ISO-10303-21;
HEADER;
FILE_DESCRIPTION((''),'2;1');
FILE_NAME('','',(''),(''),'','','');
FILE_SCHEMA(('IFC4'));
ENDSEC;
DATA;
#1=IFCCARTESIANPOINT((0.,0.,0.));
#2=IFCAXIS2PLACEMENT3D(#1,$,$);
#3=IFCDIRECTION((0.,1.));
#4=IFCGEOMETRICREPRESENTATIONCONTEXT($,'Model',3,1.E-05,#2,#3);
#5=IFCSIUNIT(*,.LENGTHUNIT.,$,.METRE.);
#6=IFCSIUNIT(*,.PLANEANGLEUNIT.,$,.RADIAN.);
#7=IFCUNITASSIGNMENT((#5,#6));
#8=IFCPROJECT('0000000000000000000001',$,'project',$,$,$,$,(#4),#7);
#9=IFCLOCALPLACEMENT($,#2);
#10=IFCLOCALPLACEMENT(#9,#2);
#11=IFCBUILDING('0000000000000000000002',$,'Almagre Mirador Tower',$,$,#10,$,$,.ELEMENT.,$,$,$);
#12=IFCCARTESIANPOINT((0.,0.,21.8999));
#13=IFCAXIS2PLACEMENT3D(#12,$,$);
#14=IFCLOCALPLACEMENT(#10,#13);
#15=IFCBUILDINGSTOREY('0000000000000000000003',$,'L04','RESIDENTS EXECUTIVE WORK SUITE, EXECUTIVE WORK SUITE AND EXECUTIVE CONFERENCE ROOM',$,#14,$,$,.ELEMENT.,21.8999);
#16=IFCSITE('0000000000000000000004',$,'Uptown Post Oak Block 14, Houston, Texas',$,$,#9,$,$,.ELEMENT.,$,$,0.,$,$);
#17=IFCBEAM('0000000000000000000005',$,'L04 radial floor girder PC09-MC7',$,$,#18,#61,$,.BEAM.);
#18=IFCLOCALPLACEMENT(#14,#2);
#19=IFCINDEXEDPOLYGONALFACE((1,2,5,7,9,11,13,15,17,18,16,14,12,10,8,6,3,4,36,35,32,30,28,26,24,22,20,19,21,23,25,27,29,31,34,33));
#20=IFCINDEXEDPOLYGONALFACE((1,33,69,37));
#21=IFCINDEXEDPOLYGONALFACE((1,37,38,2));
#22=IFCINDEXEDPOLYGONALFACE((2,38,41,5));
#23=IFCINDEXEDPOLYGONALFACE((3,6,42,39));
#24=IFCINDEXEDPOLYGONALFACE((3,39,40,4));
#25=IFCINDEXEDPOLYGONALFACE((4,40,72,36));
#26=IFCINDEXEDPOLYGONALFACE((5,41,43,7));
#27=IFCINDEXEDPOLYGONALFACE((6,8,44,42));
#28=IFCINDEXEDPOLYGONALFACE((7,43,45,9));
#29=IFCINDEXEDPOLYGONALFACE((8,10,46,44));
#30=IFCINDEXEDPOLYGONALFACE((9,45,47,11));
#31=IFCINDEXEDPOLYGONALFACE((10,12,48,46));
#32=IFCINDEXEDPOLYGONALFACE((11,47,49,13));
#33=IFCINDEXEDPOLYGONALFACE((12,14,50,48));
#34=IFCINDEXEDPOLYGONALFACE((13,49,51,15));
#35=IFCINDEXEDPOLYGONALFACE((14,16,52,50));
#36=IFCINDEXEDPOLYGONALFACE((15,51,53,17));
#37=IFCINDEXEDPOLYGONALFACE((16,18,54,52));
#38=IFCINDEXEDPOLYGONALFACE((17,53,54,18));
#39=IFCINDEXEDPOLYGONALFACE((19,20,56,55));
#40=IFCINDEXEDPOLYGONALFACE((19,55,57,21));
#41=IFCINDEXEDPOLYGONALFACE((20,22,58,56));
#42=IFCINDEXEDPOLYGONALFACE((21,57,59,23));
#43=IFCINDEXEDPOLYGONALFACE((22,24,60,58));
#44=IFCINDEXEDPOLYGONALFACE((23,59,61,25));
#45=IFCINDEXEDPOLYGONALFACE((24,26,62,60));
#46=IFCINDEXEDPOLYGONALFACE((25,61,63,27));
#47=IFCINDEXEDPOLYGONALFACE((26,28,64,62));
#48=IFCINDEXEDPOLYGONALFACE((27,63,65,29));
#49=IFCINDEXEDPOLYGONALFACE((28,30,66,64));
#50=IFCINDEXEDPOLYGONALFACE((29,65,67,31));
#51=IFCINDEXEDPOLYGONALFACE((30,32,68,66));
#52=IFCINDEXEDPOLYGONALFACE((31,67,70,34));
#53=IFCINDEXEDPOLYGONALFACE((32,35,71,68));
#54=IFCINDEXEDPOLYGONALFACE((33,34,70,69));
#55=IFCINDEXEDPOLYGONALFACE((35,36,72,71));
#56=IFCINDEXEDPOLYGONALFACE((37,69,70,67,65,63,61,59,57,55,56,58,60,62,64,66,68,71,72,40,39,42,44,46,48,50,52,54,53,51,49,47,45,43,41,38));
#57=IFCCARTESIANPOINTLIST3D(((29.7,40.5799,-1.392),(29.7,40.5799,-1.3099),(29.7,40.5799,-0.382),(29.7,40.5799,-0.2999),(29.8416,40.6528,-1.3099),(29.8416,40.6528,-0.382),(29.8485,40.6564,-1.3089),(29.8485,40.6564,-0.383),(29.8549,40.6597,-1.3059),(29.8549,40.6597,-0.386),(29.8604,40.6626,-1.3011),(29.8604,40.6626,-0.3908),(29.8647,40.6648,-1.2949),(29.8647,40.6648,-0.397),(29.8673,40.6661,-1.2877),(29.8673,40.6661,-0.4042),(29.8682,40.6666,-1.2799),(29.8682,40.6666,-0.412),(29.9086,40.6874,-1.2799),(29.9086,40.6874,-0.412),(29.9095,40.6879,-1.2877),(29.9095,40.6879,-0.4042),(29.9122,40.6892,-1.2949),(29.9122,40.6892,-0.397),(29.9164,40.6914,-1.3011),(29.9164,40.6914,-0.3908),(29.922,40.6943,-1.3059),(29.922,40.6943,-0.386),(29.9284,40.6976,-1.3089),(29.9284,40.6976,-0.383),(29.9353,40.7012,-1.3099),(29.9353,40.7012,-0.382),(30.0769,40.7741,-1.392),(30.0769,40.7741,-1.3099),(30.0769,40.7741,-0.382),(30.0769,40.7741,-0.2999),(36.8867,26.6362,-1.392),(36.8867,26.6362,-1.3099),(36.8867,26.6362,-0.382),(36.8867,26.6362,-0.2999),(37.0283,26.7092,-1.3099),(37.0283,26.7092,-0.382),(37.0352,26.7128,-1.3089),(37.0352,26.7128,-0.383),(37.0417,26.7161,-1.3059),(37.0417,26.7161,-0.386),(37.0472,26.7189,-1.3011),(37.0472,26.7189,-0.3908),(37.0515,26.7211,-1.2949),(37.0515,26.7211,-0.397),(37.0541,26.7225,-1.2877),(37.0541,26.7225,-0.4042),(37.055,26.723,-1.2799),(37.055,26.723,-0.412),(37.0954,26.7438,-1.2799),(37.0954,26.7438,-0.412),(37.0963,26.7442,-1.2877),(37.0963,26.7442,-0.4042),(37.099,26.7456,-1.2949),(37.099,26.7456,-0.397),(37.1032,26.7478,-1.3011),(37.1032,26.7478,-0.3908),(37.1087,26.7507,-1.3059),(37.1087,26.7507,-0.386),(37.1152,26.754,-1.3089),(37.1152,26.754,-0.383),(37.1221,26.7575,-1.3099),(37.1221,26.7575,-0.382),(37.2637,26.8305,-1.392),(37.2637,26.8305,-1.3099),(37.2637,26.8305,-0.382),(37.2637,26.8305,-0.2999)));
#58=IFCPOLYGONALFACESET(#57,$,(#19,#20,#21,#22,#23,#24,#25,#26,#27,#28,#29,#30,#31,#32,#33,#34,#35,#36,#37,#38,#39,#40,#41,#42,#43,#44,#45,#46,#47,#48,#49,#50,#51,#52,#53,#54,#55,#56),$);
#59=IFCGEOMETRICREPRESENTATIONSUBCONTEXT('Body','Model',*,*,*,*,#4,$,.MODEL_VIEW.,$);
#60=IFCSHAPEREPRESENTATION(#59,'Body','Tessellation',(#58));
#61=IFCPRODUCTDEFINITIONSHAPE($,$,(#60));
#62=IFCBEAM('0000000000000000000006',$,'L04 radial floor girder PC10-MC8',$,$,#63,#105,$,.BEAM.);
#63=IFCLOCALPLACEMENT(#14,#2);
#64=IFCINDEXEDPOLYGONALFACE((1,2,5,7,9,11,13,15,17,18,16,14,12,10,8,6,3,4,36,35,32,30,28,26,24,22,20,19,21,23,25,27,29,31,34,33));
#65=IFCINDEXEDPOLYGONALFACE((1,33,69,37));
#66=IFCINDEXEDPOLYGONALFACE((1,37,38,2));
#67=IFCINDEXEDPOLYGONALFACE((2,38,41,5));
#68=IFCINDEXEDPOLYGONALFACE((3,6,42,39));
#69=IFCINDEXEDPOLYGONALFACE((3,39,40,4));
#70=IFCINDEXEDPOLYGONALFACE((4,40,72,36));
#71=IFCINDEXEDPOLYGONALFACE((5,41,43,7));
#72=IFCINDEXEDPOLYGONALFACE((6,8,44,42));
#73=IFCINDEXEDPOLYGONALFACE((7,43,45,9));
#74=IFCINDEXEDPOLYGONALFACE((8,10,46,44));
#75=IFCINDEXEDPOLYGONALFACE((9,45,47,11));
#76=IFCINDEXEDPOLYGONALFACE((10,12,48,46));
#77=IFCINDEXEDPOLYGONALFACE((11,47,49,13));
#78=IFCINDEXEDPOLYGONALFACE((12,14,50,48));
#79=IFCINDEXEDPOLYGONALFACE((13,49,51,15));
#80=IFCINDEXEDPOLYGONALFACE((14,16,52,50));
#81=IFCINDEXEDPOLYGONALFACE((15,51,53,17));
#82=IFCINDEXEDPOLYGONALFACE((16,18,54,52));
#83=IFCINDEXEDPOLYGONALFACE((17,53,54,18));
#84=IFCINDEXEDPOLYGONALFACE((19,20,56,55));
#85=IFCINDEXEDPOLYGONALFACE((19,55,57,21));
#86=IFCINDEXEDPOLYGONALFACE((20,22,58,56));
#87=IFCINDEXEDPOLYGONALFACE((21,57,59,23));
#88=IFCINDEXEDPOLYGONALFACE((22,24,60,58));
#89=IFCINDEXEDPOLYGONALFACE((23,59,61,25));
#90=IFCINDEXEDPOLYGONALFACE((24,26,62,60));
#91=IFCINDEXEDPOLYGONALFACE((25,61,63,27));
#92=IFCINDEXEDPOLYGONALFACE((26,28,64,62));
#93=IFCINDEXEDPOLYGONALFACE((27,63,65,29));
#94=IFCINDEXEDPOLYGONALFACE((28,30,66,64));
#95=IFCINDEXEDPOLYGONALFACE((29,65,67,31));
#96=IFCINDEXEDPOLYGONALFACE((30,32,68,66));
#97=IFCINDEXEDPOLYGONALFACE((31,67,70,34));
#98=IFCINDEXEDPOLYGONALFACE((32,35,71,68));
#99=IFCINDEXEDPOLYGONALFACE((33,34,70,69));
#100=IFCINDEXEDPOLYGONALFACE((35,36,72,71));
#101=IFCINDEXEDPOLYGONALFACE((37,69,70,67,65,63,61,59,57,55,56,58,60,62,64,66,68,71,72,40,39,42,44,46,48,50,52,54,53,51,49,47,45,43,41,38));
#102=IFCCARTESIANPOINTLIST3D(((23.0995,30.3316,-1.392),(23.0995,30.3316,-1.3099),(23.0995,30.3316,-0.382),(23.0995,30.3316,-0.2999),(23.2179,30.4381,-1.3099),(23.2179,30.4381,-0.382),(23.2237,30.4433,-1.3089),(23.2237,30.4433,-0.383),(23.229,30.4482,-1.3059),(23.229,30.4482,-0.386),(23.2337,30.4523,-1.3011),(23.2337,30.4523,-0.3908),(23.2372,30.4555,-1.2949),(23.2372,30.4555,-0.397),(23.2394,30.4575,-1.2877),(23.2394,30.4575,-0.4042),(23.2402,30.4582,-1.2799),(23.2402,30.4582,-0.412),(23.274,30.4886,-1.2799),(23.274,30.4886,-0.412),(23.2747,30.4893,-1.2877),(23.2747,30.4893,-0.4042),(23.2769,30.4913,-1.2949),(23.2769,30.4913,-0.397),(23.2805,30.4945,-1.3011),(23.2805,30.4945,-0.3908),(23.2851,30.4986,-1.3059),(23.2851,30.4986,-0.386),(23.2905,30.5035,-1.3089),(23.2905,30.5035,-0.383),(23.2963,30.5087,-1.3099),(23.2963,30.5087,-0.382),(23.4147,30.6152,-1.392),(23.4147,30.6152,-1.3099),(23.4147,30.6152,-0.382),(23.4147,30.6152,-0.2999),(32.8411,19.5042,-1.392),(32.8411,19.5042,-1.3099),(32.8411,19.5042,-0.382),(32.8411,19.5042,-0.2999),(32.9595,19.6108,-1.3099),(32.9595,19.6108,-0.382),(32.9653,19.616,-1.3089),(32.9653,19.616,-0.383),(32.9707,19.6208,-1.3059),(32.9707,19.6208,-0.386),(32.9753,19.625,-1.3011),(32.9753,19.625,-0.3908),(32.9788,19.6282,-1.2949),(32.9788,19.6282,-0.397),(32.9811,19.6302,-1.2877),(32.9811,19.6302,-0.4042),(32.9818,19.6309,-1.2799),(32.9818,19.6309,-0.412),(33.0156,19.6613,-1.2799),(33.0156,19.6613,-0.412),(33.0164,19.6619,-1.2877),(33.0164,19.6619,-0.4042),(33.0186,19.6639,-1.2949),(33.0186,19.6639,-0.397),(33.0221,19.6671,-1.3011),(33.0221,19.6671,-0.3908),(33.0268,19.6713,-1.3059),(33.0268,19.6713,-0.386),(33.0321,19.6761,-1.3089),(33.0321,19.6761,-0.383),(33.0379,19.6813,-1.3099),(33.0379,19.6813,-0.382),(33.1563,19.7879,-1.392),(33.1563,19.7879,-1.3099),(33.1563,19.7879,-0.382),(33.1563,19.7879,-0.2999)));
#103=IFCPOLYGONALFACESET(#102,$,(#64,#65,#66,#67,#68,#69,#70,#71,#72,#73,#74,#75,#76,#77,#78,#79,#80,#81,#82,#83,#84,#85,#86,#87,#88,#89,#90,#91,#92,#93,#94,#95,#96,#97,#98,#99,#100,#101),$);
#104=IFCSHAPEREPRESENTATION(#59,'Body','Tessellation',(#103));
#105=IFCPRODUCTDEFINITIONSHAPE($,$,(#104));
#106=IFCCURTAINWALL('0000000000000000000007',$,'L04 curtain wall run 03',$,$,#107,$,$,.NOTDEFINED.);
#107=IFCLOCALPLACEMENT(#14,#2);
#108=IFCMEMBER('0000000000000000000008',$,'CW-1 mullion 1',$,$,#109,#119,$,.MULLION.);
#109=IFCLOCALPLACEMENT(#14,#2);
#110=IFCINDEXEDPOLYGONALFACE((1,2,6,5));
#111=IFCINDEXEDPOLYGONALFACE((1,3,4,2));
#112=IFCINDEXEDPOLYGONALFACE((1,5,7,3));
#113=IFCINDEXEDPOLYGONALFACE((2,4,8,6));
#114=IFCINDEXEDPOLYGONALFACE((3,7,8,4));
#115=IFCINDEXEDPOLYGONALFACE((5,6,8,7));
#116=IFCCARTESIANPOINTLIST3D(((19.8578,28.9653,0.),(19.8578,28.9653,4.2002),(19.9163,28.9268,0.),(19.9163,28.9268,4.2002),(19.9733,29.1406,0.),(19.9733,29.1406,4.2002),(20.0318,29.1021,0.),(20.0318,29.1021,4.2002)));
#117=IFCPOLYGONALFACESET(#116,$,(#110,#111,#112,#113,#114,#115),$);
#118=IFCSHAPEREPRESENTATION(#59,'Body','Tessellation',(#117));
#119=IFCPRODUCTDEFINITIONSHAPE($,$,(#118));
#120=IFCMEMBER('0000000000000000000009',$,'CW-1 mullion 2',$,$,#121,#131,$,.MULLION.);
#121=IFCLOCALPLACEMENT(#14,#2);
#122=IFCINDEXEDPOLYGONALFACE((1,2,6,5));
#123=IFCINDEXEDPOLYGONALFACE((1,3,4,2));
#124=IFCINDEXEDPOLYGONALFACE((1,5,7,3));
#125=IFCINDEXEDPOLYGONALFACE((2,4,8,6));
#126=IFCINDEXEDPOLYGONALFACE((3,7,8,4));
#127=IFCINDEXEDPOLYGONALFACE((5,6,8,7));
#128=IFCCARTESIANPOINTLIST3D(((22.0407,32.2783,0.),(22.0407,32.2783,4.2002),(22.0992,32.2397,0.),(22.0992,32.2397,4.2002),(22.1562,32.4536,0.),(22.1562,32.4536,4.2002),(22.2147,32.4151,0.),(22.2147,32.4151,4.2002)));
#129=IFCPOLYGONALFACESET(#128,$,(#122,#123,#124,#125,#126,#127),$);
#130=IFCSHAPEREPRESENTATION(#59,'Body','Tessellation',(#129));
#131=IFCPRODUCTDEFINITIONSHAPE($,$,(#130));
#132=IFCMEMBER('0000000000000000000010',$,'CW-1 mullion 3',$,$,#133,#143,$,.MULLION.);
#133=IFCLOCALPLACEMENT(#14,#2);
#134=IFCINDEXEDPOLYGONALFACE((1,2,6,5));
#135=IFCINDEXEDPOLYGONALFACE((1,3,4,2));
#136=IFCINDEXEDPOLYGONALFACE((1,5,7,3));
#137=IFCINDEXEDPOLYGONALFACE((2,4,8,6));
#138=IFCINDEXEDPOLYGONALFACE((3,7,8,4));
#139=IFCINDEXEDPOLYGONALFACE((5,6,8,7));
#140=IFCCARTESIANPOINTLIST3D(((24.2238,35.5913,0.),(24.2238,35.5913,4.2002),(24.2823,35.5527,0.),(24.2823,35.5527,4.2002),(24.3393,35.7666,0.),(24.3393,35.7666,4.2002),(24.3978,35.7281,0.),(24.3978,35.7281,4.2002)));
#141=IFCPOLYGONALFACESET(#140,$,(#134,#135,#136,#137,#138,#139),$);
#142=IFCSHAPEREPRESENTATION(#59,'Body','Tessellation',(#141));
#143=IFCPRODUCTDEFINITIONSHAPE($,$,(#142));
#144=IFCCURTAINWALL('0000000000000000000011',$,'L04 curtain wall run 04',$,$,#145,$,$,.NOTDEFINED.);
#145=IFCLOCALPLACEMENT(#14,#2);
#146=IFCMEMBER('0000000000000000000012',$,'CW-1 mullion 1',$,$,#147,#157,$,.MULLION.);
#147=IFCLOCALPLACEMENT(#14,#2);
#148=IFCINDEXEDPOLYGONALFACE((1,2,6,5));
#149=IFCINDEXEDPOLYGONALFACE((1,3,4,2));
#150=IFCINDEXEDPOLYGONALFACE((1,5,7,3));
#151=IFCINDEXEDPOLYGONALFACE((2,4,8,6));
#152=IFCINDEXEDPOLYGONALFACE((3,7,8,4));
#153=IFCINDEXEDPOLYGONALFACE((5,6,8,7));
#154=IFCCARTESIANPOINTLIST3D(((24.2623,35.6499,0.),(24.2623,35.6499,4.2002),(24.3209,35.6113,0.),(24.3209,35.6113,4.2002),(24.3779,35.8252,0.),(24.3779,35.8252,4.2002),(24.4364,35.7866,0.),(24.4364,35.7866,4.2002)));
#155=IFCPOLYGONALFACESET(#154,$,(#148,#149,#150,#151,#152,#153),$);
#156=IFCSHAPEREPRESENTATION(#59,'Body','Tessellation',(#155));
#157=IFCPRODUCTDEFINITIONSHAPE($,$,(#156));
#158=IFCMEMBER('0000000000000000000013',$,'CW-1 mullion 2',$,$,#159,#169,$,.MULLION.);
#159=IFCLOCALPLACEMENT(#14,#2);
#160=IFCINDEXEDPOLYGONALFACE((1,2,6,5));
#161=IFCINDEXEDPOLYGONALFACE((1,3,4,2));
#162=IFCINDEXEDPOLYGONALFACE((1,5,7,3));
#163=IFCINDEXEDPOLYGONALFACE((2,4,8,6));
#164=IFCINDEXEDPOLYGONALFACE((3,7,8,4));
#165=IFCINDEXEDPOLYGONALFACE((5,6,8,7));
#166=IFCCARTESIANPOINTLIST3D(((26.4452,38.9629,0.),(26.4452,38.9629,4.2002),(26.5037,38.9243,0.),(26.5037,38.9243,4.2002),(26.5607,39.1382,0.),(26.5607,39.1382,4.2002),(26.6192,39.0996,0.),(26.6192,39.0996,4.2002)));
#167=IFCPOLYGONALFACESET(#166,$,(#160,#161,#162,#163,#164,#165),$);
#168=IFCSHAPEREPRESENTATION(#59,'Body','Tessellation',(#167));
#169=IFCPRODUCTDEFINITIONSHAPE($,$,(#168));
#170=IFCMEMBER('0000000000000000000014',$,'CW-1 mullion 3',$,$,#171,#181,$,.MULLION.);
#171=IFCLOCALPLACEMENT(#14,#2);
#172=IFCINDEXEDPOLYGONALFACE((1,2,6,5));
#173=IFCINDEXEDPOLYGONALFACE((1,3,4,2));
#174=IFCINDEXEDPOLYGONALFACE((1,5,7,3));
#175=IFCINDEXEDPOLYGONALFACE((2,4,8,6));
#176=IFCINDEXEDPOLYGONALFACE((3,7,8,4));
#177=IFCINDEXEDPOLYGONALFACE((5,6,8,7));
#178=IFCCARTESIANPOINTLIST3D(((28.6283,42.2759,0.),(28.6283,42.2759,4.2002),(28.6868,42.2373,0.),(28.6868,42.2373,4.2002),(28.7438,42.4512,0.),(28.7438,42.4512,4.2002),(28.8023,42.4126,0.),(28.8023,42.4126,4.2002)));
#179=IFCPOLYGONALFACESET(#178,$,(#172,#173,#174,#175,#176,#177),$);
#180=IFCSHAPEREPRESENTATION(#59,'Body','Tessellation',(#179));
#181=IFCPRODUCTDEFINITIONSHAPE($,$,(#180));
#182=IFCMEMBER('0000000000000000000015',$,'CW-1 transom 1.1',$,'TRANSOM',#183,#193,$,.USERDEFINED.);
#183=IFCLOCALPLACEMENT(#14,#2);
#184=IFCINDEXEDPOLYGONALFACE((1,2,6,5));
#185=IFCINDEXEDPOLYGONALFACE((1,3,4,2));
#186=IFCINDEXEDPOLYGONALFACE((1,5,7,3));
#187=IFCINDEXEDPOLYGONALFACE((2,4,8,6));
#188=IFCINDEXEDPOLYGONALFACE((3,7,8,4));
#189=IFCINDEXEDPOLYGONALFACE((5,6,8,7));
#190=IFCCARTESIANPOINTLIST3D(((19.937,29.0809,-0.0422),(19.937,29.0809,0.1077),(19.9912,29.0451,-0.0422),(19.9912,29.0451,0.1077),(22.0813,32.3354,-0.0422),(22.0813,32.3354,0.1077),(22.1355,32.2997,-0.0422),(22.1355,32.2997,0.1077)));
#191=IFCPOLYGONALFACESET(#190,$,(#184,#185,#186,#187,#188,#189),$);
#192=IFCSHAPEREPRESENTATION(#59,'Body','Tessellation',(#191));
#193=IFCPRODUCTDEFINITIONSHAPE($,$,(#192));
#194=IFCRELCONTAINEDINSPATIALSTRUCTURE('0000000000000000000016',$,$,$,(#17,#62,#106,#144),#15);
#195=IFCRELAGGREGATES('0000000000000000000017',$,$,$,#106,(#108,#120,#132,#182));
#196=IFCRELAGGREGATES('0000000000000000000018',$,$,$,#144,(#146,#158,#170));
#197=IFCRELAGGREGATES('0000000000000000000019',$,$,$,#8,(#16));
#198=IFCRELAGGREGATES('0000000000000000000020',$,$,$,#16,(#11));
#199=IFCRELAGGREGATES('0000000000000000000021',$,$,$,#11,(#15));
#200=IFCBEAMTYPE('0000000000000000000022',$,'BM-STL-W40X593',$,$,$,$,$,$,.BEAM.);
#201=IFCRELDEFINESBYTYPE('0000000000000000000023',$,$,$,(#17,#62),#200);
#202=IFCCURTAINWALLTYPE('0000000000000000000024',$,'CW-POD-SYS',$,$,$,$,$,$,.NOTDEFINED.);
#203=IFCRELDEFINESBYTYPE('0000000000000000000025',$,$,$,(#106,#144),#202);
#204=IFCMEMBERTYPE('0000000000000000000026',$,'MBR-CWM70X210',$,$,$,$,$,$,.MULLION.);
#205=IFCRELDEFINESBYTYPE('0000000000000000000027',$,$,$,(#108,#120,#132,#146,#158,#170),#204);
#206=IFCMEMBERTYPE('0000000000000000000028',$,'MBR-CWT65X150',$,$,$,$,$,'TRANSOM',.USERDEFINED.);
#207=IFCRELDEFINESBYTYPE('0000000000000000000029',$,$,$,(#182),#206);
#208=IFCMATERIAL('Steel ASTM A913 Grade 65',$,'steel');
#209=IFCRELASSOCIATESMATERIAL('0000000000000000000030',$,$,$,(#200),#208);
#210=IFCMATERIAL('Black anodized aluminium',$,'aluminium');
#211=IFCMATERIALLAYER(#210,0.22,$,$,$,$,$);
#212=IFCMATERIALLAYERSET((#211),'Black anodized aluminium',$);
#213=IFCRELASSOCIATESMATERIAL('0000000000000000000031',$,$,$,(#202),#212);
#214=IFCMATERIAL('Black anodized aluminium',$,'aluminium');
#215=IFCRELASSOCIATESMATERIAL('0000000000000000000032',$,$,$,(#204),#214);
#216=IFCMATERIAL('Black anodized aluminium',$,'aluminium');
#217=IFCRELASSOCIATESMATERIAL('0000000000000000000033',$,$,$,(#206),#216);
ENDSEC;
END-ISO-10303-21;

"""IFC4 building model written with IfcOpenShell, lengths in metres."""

from ifc_helpers import new_model, si_unit, direction, frame, origin, origin_2d, place, context, subcontext, project, spatial, rectangle, i_section, extrude, material, layer, layer_set, material_profile, profile_set, type_object, element, aggregate, save


model = new_model("IFC4")

# Units and contexts
model_context = context("Model", 3, precision=1e-05, world=origin(), true_north=direction((0.0, 1.0)))
body_context = subcontext(model_context, "Body", "Model", "MODEL_VIEW")
ifc_project = project(units=[si_unit("LENGTHUNIT", "METRE"), si_unit("PLANEANGLEUNIT", "RADIAN")], contexts=[model_context])

# Site, building, storey
site_placement = place(None, origin())
site = spatial("IfcSite", under=ifc_project, at=site_placement, Name="Uptown Post Oak Block 14, Houston, Texas", CompositionType="ELEMENT", RefElevation=0.0)
building_placement = place(site_placement, origin())
building = spatial("IfcBuilding", under=site, at=building_placement, Name="Almagre Mirador Tower", CompositionType="ELEMENT")
storey_placement = place(building_placement, frame((0.0, 0.0, 21.8999)))
storey = spatial("IfcBuildingStorey", under=building, at=storey_placement, Name="L04", Description="RESIDENTS EXECUTIVE WORK SUITE, EXECUTIVE WORK SUITE AND EXECUTIVE CONFERENCE ROOM", CompositionType="ELEMENT", Elevation=21.8999)

# Beams
ifc_material_1 = material(Name="Steel ASTM A913 Grade 65", Category="steel")
ifc_material_profile_1 = material_profile(ifc_material_1, i_section(OverallWidth=0.4241, OverallDepth=1.092, WebThickness=0.0454, FlangeThickness=0.082, FilletRadius=0.03, at=origin_2d()), Name="W40X593")
ifc_profile_set_1 = profile_set([ifc_material_profile_1], Name="Steel ASTM A913 Grade 65")
beam_type_1 = type_object("IfcBeamType", Name="BM-STL-W40X593", PredefinedType="BEAM", material=ifc_profile_set_1)
beam_1_placement = place(storey_placement, frame((29.8884, 40.677, -0.8459), z_axis=(0.458143, -0.888879, 0.0), x_axis=(0.888879, 0.458143, 0.0)))
element("IfcBeam", 1, at=beam_1_placement, inside=storey, type_object=beam_type_1, Name="L04 radial floor girder PC09-MC7", PredefinedType="BEAM", context=body_context, shape_type="SweptSolid", body=[
    extrude(i_section(OverallWidth=0.4241, OverallDepth=1.092, WebThickness=0.0454, FlangeThickness=0.082, FilletRadius=0.03, at=origin_2d()), origin(), (0.0, 0.0, 1.0), 15.6868),
])
beam_2_placement = place(storey_placement, frame((23.2571, 30.4734, -0.8459), z_axis=(0.668853, -0.743395, 0.0), x_axis=(0.743395, 0.668853, 0.0)))
element("IfcBeam", 2, at=beam_2_placement, inside=storey, type_object=beam_type_1, Name="L04 radial floor girder PC10-MC8", PredefinedType="BEAM", context=body_context, shape_type="SweptSolid", body=[
    extrude(i_section(OverallWidth=0.4241, OverallDepth=1.092, WebThickness=0.0454, FlangeThickness=0.082, FilletRadius=0.03, at=origin_2d()), origin(), (0.0, 0.0, 1.0), 14.5647),
])

# Curtain walls, members
ifc_material_2 = material(Name="Black anodized aluminium", Category="aluminium")
ifc_layer_1 = layer(ifc_material_2, 0.22)
ifc_layer_set_1 = layer_set([ifc_layer_1], Name="Black anodized aluminium")
curtain_wall_type = type_object("IfcCurtainWallType", Name="CW-POD-SYS", PredefinedType="NOTDEFINED", material=ifc_layer_set_1)
curtain_wall_1_placement = place(storey_placement, origin())
curtain_wall_1 = element("IfcCurtainWall", 3, at=curtain_wall_1_placement, inside=storey, type_object=curtain_wall_type, Name="L04 curtain wall run 03", PredefinedType="NOTDEFINED")
ifc_material_3 = material(Name="Black anodized aluminium", Category="aluminium")
ifc_material_profile_2 = material_profile(ifc_material_3, rectangle(XDim=0.0701, YDim=0.21, at=origin_2d()), Name="CWM70X210")
ifc_profile_set_2 = profile_set([ifc_material_profile_2], Name="Black anodized aluminium")
member_type_1 = type_object("IfcMemberType", Name="MBR-CWM70X210", PredefinedType="MULLION", material=ifc_profile_set_2)
member_1_placement = place(storey_placement, frame((19.9448, 29.0337, 0.0), z_axis=(0.0, 0.0, 1.0), x_axis=(-0.835027, 0.550209, 0.0)))
member_1 = element("IfcMember", 4, at=member_1_placement, type_object=member_type_1, Name="CW-1 mullion 1", PredefinedType="MULLION", context=body_context, shape_type="SweptSolid", body=[
    extrude(rectangle(XDim=0.0701, YDim=0.21, at=origin_2d()), origin(), (0.0, 0.0, 1.0), 4.2002),
])
member_2_placement = place(storey_placement, frame((22.1277, 32.3467, 0.0), z_axis=(0.0, 0.0, 1.0), x_axis=(-0.835027, 0.550209, 0.0)))
member_2 = element("IfcMember", 5, at=member_2_placement, type_object=member_type_1, Name="CW-1 mullion 2", PredefinedType="MULLION", context=body_context, shape_type="SweptSolid", body=[
    extrude(rectangle(XDim=0.0701, YDim=0.21, at=origin_2d()), origin(), (0.0, 0.0, 1.0), 4.2002),
])
member_3_placement = place(storey_placement, frame((24.3108, 35.6597, 0.0), z_axis=(0.0, 0.0, 1.0), x_axis=(-0.835027, 0.550209, 0.0)))
member_3 = element("IfcMember", 6, at=member_3_placement, type_object=member_type_1, Name="CW-1 mullion 3", PredefinedType="MULLION", context=body_context, shape_type="SweptSolid", body=[
    extrude(rectangle(XDim=0.0701, YDim=0.21, at=origin_2d()), origin(), (0.0, 0.0, 1.0), 4.2002),
])
curtain_wall_2_placement = place(storey_placement, origin())
curtain_wall_2 = element("IfcCurtainWall", 7, at=curtain_wall_2_placement, inside=storey, type_object=curtain_wall_type, Name="L04 curtain wall run 04", PredefinedType="NOTDEFINED")
member_4_placement = place(storey_placement, frame((24.3494, 35.7183, 0.0), z_axis=(0.0, 0.0, 1.0), x_axis=(-0.835027, 0.550209, 0.0)))
member_4 = element("IfcMember", 8, at=member_4_placement, type_object=member_type_1, Name="CW-1 mullion 1", PredefinedType="MULLION", context=body_context, shape_type="SweptSolid", body=[
    extrude(rectangle(XDim=0.0701, YDim=0.21, at=origin_2d()), origin(), (0.0, 0.0, 1.0), 4.2002),
])
member_5_placement = place(storey_placement, frame((26.5322, 39.0312, 0.0), z_axis=(0.0, 0.0, 1.0), x_axis=(-0.835027, 0.550209, 0.0)))
member_5 = element("IfcMember", 9, at=member_5_placement, type_object=member_type_1, Name="CW-1 mullion 2", PredefinedType="MULLION", context=body_context, shape_type="SweptSolid", body=[
    extrude(rectangle(XDim=0.0701, YDim=0.21, at=origin_2d()), origin(), (0.0, 0.0, 1.0), 4.2002),
])
member_6_placement = place(storey_placement, frame((28.7153, 42.3442, 0.0), z_axis=(0.0, 0.0, 1.0), x_axis=(-0.835027, 0.550209, 0.0)))
member_6 = element("IfcMember", 10, at=member_6_placement, type_object=member_type_1, Name="CW-1 mullion 3", PredefinedType="MULLION", context=body_context, shape_type="SweptSolid", body=[
    extrude(rectangle(XDim=0.0701, YDim=0.21, at=origin_2d()), origin(), (0.0, 0.0, 1.0), 4.2002),
])

# Member
ifc_material_4 = material(Name="Black anodized aluminium", Category="aluminium")
ifc_material_profile_3 = material_profile(ifc_material_4, rectangle(XDim=0.0649, YDim=0.1499, at=origin_2d()), Name="CWT65X150")
ifc_profile_set_3 = profile_set([ifc_material_profile_3], Name="Black anodized aluminium")
member_type_2 = type_object("IfcMemberType", Name="MBR-CWT65X150", ElementType="TRANSOM", PredefinedType="USERDEFINED", material=ifc_profile_set_3)
member_7_placement = place(storey_placement, frame((19.9641, 29.063, 0.0327), z_axis=(0.550167, 0.835054, 0.0), x_axis=(-0.835054, 0.550167, 0.0)))
member_7 = element("IfcMember", 11, at=member_7_placement, type_object=member_type_2, Name="CW-1 transom 1.1", ObjectType="TRANSOM", PredefinedType="USERDEFINED", context=body_context, shape_type="SweptSolid", body=[
    extrude(rectangle(XDim=0.0649, YDim=0.1499, at=origin_2d()), origin(), (0.0, 0.0, 1.0), 3.8975),
])

aggregate(curtain_wall_1, [member_1, member_2, member_3, member_7])
aggregate(curtain_wall_2, [member_4, member_5, member_6])

save(model, "model.ifc")
